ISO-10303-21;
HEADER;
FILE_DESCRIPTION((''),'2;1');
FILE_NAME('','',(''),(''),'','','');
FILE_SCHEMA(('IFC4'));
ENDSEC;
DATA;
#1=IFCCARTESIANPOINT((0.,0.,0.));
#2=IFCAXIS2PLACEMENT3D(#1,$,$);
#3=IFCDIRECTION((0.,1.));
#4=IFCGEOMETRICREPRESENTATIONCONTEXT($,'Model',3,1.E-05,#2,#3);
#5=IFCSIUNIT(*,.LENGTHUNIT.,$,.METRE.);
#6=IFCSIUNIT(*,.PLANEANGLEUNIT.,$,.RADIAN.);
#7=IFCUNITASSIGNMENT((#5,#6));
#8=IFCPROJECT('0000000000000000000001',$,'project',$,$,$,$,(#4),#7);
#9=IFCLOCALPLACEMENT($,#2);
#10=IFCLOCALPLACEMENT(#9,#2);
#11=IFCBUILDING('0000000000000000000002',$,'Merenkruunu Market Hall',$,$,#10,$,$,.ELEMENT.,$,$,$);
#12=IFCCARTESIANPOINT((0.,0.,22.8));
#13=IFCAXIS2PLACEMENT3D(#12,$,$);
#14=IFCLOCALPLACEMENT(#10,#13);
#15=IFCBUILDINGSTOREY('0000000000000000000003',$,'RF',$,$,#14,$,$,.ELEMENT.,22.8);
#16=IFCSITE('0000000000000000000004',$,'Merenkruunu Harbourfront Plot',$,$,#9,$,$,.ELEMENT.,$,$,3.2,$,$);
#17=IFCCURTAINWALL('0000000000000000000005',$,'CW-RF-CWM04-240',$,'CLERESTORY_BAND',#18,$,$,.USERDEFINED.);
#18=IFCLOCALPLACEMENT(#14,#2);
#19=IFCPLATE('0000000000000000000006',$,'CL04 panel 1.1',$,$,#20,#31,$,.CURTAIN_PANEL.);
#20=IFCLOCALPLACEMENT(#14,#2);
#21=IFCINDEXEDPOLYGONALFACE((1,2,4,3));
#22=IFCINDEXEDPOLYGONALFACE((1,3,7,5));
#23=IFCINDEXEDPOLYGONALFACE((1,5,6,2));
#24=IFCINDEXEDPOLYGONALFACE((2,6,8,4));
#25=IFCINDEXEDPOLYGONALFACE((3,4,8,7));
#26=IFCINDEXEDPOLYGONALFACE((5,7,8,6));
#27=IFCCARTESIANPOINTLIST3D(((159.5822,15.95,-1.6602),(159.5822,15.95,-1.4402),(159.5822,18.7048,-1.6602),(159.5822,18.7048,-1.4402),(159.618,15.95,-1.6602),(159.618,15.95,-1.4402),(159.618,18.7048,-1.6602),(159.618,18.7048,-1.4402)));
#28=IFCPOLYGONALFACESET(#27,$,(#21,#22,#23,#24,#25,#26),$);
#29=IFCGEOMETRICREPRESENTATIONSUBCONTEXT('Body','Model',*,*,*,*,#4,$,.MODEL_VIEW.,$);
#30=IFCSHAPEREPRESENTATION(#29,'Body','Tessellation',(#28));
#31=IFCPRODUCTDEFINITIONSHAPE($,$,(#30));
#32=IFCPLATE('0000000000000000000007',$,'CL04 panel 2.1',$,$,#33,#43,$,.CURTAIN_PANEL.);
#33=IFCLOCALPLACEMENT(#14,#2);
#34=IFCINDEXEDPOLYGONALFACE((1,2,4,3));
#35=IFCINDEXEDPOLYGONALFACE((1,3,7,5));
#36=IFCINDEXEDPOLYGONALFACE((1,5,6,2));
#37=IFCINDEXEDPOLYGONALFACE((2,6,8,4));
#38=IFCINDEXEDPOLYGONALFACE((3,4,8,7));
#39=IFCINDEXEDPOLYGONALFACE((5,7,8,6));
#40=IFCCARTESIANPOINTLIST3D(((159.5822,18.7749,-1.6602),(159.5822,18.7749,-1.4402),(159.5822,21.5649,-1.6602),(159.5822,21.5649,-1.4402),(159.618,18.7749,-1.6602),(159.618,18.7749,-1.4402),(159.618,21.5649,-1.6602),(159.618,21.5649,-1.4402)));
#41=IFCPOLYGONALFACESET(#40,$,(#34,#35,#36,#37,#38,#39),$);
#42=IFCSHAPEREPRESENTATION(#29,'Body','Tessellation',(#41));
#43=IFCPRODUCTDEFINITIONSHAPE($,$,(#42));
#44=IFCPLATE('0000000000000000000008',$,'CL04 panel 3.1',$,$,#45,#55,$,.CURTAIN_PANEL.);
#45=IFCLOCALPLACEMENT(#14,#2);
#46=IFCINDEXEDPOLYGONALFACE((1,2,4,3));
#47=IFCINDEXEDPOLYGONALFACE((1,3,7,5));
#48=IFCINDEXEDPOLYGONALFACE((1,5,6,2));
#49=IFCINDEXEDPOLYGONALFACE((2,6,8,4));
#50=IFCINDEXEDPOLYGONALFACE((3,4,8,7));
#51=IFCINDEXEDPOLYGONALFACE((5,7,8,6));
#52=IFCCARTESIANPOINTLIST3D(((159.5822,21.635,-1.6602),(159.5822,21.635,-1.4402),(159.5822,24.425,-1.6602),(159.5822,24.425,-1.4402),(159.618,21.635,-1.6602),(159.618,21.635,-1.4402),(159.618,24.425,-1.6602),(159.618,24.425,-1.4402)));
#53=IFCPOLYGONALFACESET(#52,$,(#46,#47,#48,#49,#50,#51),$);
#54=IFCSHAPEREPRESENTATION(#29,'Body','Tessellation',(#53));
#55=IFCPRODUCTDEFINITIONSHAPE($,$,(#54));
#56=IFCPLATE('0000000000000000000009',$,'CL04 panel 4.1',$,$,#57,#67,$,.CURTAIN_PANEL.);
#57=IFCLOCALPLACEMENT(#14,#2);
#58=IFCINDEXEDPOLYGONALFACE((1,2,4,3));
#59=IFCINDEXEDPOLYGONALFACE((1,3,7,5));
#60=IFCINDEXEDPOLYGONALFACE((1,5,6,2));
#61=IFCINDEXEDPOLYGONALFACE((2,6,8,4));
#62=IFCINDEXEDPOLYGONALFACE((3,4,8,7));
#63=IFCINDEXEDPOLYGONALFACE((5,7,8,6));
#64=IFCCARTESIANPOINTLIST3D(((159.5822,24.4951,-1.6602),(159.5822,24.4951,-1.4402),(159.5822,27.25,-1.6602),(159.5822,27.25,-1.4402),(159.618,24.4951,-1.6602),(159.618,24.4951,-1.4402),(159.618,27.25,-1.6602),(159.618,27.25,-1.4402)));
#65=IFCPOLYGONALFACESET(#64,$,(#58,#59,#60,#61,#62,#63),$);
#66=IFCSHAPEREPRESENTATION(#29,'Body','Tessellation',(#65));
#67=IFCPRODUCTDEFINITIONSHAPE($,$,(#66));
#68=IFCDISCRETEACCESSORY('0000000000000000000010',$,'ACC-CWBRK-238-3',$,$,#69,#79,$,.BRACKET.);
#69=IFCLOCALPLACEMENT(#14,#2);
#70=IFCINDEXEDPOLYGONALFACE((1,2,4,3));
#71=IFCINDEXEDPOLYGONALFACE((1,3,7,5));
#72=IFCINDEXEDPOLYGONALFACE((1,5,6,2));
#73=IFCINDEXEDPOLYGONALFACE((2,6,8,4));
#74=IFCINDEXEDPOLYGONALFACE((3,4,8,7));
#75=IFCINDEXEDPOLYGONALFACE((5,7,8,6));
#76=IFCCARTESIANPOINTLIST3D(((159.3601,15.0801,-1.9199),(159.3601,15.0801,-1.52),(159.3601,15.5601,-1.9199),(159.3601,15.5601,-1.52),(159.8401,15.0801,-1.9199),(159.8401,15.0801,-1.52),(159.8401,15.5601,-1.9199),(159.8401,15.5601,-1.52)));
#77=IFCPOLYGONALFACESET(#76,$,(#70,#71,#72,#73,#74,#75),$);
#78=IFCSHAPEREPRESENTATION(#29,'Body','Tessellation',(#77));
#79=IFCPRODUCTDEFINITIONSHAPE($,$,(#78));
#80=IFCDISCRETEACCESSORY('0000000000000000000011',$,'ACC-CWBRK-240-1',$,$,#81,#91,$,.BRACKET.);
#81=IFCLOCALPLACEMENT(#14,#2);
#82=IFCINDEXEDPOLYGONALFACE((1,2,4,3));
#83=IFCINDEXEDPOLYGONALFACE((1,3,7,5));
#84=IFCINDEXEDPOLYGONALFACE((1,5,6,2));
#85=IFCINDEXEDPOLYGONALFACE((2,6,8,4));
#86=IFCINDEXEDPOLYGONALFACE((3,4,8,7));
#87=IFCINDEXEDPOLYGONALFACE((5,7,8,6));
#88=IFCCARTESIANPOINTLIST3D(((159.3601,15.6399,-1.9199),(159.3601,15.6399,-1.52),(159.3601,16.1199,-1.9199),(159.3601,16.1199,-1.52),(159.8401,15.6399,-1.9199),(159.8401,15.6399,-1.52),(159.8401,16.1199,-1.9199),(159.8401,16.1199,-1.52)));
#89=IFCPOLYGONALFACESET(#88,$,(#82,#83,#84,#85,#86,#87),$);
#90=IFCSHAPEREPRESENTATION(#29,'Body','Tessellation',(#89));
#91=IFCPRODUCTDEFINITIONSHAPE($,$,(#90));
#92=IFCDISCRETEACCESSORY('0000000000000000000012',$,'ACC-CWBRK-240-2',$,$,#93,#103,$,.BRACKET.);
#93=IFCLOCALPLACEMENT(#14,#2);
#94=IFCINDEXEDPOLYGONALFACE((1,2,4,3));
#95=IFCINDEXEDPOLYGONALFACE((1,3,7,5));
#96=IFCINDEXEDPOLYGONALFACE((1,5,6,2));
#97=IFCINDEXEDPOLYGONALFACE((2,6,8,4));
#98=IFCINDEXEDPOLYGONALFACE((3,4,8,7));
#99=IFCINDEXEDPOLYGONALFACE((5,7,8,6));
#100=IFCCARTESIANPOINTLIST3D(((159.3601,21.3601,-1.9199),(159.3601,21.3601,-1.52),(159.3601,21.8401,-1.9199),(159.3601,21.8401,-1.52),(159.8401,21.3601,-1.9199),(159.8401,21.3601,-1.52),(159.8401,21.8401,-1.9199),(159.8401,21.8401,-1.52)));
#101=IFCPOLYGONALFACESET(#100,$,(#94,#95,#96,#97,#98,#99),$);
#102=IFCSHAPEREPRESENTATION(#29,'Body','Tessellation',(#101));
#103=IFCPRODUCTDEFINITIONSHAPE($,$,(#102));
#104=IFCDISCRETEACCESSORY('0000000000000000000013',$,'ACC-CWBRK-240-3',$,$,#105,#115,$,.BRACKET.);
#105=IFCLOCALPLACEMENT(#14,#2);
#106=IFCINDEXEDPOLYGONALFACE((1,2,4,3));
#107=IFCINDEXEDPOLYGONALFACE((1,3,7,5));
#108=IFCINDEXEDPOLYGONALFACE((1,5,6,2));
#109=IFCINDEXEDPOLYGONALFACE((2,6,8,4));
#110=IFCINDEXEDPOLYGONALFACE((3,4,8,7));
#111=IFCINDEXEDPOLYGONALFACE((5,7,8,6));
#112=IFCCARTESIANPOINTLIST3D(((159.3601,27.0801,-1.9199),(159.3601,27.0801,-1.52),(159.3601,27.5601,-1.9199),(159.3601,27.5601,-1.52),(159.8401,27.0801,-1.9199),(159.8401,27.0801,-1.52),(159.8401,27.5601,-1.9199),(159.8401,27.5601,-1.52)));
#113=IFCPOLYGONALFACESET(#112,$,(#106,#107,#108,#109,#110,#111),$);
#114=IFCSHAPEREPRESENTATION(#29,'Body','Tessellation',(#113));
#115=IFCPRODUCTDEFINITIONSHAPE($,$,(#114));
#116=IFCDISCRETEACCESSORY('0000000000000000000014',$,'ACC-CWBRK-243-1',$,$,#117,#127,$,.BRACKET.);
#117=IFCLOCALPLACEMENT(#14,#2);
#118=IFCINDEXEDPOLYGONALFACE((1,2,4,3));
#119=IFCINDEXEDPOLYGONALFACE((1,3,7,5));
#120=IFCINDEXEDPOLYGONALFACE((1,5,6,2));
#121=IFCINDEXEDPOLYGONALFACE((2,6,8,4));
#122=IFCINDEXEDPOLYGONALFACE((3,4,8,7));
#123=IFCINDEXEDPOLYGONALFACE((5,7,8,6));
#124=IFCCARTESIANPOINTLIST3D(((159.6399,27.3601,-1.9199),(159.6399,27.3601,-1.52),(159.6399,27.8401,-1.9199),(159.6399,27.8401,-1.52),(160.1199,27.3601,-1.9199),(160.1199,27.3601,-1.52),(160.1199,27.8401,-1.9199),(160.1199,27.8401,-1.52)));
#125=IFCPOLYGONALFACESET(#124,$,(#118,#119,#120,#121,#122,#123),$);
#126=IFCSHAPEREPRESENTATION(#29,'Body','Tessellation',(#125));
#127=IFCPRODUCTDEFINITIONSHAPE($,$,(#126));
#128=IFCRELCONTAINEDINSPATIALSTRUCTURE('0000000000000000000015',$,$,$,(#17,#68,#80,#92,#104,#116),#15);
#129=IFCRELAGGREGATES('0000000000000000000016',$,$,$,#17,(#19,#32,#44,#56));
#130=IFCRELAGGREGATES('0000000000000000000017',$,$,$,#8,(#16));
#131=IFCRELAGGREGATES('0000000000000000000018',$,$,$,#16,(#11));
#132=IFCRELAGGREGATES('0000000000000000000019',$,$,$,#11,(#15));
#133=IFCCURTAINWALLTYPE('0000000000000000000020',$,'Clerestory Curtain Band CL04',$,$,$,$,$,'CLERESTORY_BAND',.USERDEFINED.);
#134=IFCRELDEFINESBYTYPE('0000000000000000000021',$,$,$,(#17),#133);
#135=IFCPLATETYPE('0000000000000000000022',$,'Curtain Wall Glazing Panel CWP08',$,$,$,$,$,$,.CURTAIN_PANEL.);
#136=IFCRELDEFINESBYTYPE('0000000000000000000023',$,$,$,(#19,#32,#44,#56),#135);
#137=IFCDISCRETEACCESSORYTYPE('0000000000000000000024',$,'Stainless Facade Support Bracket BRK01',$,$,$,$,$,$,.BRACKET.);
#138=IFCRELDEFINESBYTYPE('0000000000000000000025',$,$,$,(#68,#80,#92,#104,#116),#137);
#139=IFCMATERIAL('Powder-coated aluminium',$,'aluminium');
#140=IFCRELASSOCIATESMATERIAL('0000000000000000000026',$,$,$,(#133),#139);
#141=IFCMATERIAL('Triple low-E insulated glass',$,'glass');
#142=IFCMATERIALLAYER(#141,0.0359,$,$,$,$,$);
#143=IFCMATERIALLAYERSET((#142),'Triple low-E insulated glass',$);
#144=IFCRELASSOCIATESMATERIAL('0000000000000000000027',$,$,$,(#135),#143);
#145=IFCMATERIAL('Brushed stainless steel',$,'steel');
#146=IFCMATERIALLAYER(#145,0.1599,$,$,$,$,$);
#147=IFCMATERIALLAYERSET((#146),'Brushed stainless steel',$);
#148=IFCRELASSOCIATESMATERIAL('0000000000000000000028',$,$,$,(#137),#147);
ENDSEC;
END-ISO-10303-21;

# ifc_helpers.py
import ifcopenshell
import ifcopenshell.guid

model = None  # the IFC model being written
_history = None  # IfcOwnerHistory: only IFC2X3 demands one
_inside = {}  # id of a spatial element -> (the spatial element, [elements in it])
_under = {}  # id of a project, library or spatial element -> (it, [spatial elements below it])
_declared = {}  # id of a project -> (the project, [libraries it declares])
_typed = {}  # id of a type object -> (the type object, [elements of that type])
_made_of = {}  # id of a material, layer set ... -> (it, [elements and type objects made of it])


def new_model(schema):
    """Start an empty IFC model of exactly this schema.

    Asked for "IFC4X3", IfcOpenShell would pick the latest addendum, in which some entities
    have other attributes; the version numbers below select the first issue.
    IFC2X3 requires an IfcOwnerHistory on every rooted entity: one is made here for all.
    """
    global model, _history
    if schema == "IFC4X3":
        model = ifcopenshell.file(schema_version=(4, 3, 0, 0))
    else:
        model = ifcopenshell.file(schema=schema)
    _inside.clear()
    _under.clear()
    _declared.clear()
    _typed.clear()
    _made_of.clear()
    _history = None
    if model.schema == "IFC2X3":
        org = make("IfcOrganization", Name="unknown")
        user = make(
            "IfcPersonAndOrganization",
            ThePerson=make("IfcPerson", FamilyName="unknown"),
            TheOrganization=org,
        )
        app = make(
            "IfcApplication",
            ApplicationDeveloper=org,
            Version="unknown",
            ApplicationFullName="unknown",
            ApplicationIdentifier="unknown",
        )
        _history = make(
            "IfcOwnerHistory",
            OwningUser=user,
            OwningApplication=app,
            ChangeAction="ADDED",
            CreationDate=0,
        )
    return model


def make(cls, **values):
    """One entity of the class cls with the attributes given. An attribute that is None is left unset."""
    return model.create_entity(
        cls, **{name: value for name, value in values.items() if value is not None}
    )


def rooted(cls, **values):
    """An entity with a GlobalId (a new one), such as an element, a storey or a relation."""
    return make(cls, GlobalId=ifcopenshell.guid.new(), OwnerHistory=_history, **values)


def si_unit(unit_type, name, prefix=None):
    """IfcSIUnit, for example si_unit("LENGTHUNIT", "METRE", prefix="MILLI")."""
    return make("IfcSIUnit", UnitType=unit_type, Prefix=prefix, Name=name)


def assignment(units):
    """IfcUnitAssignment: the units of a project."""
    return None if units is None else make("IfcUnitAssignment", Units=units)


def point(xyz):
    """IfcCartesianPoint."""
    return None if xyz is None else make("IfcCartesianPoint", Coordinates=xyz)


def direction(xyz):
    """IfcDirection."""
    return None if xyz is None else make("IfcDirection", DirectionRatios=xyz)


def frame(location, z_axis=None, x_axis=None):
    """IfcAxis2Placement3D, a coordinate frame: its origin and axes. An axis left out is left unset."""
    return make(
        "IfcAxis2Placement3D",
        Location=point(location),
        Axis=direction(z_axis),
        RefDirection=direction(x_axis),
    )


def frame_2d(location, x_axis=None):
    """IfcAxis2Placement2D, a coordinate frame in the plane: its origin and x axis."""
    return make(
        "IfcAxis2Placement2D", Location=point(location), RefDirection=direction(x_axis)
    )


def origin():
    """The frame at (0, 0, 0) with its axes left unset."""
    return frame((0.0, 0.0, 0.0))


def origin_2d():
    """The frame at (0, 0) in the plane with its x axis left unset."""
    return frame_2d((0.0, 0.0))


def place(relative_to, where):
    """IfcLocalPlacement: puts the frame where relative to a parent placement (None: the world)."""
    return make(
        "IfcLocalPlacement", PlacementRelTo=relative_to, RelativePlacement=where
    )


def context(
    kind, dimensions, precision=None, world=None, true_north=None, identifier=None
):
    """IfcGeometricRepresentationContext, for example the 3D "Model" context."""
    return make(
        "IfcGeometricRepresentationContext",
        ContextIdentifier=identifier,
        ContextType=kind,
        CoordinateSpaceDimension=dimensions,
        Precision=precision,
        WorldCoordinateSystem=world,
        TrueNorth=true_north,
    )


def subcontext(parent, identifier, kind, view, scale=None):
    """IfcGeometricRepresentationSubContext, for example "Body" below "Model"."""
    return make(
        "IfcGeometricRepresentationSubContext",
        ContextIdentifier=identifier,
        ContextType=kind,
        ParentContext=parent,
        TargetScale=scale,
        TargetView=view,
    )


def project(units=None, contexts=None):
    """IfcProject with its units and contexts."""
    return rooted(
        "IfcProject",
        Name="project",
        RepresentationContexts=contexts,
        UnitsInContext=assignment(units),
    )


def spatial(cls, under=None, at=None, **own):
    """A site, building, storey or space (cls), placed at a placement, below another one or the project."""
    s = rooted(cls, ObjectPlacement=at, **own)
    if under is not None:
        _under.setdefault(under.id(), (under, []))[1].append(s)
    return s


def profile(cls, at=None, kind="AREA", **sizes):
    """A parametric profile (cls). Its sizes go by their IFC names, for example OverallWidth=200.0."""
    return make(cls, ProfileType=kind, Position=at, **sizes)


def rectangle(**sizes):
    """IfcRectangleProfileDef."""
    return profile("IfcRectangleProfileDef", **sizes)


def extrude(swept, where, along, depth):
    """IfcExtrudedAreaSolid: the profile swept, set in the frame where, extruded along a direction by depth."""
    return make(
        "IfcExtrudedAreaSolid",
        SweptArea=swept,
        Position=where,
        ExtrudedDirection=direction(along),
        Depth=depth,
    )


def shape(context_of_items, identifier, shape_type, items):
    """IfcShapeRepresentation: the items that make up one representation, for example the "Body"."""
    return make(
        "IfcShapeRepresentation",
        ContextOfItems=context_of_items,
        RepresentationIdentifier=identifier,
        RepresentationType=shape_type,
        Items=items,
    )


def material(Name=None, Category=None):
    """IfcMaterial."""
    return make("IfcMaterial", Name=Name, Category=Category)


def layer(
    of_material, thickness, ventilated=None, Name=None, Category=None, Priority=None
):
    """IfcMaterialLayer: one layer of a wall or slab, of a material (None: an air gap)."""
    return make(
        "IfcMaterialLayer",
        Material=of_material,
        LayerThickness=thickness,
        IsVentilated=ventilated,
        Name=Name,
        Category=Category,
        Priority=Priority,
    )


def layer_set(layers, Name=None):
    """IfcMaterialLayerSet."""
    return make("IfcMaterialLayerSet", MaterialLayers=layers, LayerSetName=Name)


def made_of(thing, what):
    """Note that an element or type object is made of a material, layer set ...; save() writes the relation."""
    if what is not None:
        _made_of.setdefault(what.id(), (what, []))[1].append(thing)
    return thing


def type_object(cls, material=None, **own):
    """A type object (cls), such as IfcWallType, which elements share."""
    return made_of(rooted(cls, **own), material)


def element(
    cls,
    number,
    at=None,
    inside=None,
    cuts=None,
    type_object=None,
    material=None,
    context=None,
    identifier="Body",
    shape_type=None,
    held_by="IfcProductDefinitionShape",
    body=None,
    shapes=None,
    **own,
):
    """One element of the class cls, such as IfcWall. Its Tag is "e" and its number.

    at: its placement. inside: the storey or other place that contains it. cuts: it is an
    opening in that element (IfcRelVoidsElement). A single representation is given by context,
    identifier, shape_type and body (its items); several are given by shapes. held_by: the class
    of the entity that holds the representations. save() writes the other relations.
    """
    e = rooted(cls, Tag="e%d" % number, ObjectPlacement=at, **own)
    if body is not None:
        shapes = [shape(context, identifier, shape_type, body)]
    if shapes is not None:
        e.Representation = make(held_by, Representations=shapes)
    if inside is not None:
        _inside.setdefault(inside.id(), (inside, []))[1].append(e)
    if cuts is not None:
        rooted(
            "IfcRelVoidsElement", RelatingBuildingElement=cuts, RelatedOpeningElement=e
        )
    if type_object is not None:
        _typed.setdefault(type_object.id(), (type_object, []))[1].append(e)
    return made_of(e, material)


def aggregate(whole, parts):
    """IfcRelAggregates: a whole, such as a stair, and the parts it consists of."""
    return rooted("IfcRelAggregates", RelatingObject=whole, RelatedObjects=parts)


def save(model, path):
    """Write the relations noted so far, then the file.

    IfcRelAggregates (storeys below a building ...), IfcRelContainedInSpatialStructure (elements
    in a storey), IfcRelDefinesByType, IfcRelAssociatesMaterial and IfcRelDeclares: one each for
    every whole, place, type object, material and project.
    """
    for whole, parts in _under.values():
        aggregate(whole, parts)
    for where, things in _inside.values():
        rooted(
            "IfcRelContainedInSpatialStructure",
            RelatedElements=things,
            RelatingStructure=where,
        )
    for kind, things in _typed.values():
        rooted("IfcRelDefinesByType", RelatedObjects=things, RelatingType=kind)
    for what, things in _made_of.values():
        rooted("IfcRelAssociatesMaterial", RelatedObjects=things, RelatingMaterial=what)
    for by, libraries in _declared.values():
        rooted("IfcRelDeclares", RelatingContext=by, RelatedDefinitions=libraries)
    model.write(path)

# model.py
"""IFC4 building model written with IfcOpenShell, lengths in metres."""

from ifc_helpers import new_model, si_unit, direction, frame, origin, origin_2d, place, context, subcontext, project, spatial, rectangle, extrude, material, layer, layer_set, type_object, element, aggregate, save


model = new_model("IFC4")

# Units and contexts
model_context = context("Model", 3, precision=1e-05, world=origin(), true_north=direction((0.0, 1.0)))
body_context = subcontext(model_context, "Body", "Model", "MODEL_VIEW")
ifc_project = project(units=[si_unit("LENGTHUNIT", "METRE"), si_unit("PLANEANGLEUNIT", "RADIAN")], contexts=[model_context])

# Site, building, storey
site_placement = place(None, origin())
site = spatial("IfcSite", under=ifc_project, at=site_placement, Name="Merenkruunu Harbourfront Plot", CompositionType="ELEMENT", RefElevation=3.2)
building_placement = place(site_placement, origin())
building = spatial("IfcBuilding", under=site, at=building_placement, Name="Merenkruunu Market Hall", CompositionType="ELEMENT")
storey_placement = place(building_placement, frame((0.0, 0.0, 22.8)))
storey = spatial("IfcBuildingStorey", under=building, at=storey_placement, Name="RF", CompositionType="ELEMENT", Elevation=22.8)

# Shared definitions
ifc_material_1 = material(Name="Powder-coated aluminium", Category="aluminium")
curtain_wall_type_1 = type_object("IfcCurtainWallType", Name="Clerestory Curtain Band CL04", ElementType="CLERESTORY_BAND", PredefinedType="USERDEFINED", material=ifc_material_1)

# Curtain wall
curtain_wall_1_placement = place(storey_placement, origin())
curtain_wall_1 = element("IfcCurtainWall", 1, at=curtain_wall_1_placement, inside=storey, type_object=curtain_wall_type_1, Name="CW-RF-CWM04-240", ObjectType="CLERESTORY_BAND", PredefinedType="USERDEFINED")

# Plates
ifc_material_2 = material(Name="Triple low-E insulated glass", Category="glass")
ifc_layer_1 = layer(ifc_material_2, 0.0359)
ifc_layer_set_1 = layer_set([ifc_layer_1], Name="Triple low-E insulated glass")
plate_type = type_object("IfcPlateType", Name="Curtain Wall Glazing Panel CWP08", PredefinedType="CURTAIN_PANEL", material=ifc_layer_set_1)
plate_1_placement = place(storey_placement, frame((159.6001, 17.3274, -1.6602), z_axis=(0.0, 0.0, 1.0), x_axis=(0.0, 1.0, 0.0)))
plate_1 = element("IfcPlate", 2, at=plate_1_placement, type_object=plate_type, Name="CL04 panel 1.1", PredefinedType="CURTAIN_PANEL", context=body_context, shape_type="SweptSolid", body=[
    extrude(rectangle(XDim=2.7549, YDim=0.0359, at=origin_2d()), origin(), (0.0, 0.0, 1.0), 0.22),
])
plate_2_placement = place(storey_placement, frame((159.6001, 20.1699, -1.6602), z_axis=(0.0, 0.0, 1.0), x_axis=(0.0, 1.0, 0.0)))
plate_2 = element("IfcPlate", 3, at=plate_2_placement, type_object=plate_type, Name="CL04 panel 2.1", PredefinedType="CURTAIN_PANEL", context=body_context, shape_type="SweptSolid", body=[
    extrude(rectangle(XDim=2.79, YDim=0.0359, at=origin_2d()), origin(), (0.0, 0.0, 1.0), 0.22),
])
plate_3_placement = place(storey_placement, frame((159.6001, 23.03, -1.6602), z_axis=(0.0, 0.0, 1.0), x_axis=(0.0, 1.0, 0.0)))
plate_3 = element("IfcPlate", 4, at=plate_3_placement, type_object=plate_type, Name="CL04 panel 3.1", PredefinedType="CURTAIN_PANEL", context=body_context, shape_type="SweptSolid", body=[
    extrude(rectangle(XDim=2.79, YDim=0.0359, at=origin_2d()), origin(), (0.0, 0.0, 1.0), 0.22),
])
plate_4_placement = place(storey_placement, frame((159.6001, 25.8726, -1.6602), z_axis=(0.0, 0.0, 1.0), x_axis=(0.0, 1.0, 0.0)))
plate_4 = element("IfcPlate", 5, at=plate_4_placement, type_object=plate_type, Name="CL04 panel 4.1", PredefinedType="CURTAIN_PANEL", context=body_context, shape_type="SweptSolid", body=[
    extrude(rectangle(XDim=2.7549, YDim=0.0359, at=origin_2d()), origin(), (0.0, 0.0, 1.0), 0.22),
])
aggregate(curtain_wall_1, [plate_1, plate_2, plate_3, plate_4])

# Discrete accessories
ifc_material_3 = material(Name="Brushed stainless steel", Category="steel")
ifc_layer_2 = layer(ifc_material_3, 0.1599)
ifc_layer_set_2 = layer_set([ifc_layer_2], Name="Brushed stainless steel")
discrete_accessory_type = type_object("IfcDiscreteAccessoryType", Name="Stainless Facade Support Bracket BRK01", PredefinedType="BRACKET", material=ifc_layer_set_2)
for number, where, z_axis, x_axis, name in (
    (6, (159.6001, 15.3201, -1.9199), (0.0, 0.0, 1.0), (1.0, 0.0, 0.0), "ACC-CWBRK-238-3"),
    (7, (159.6001, 15.8799, -1.9199), (0.0, 0.0, 1.0), (1.0, 0.0, 0.0), "ACC-CWBRK-240-1"),
    (8, (159.6001, 21.6001, -1.9199), (0.0, 0.0, 1.0), (1.0, 0.0, 0.0), "ACC-CWBRK-240-2"),
    (9, (159.6001, 27.3201, -1.9199), (0.0, 0.0, 1.0), (1.0, 0.0, 0.0), "ACC-CWBRK-240-3"),
    (10, (159.8799, 27.6001, -1.9199), (0.0, 0.0, 1.0), (1.0, 0.0, 0.0), "ACC-CWBRK-243-1"),
):
    element("IfcDiscreteAccessory", number, at=place(storey_placement, frame(where, z_axis=z_axis, x_axis=x_axis)), inside=storey, type_object=discrete_accessory_type, Name=name, PredefinedType="BRACKET", context=body_context, shape_type="SweptSolid", body=[
        extrude(rectangle(XDim=0.48, YDim=0.48, at=origin_2d()), origin(), (0.0, 0.0, 1.0), 0.3999),
    ])

save(model, "model.ifc")
